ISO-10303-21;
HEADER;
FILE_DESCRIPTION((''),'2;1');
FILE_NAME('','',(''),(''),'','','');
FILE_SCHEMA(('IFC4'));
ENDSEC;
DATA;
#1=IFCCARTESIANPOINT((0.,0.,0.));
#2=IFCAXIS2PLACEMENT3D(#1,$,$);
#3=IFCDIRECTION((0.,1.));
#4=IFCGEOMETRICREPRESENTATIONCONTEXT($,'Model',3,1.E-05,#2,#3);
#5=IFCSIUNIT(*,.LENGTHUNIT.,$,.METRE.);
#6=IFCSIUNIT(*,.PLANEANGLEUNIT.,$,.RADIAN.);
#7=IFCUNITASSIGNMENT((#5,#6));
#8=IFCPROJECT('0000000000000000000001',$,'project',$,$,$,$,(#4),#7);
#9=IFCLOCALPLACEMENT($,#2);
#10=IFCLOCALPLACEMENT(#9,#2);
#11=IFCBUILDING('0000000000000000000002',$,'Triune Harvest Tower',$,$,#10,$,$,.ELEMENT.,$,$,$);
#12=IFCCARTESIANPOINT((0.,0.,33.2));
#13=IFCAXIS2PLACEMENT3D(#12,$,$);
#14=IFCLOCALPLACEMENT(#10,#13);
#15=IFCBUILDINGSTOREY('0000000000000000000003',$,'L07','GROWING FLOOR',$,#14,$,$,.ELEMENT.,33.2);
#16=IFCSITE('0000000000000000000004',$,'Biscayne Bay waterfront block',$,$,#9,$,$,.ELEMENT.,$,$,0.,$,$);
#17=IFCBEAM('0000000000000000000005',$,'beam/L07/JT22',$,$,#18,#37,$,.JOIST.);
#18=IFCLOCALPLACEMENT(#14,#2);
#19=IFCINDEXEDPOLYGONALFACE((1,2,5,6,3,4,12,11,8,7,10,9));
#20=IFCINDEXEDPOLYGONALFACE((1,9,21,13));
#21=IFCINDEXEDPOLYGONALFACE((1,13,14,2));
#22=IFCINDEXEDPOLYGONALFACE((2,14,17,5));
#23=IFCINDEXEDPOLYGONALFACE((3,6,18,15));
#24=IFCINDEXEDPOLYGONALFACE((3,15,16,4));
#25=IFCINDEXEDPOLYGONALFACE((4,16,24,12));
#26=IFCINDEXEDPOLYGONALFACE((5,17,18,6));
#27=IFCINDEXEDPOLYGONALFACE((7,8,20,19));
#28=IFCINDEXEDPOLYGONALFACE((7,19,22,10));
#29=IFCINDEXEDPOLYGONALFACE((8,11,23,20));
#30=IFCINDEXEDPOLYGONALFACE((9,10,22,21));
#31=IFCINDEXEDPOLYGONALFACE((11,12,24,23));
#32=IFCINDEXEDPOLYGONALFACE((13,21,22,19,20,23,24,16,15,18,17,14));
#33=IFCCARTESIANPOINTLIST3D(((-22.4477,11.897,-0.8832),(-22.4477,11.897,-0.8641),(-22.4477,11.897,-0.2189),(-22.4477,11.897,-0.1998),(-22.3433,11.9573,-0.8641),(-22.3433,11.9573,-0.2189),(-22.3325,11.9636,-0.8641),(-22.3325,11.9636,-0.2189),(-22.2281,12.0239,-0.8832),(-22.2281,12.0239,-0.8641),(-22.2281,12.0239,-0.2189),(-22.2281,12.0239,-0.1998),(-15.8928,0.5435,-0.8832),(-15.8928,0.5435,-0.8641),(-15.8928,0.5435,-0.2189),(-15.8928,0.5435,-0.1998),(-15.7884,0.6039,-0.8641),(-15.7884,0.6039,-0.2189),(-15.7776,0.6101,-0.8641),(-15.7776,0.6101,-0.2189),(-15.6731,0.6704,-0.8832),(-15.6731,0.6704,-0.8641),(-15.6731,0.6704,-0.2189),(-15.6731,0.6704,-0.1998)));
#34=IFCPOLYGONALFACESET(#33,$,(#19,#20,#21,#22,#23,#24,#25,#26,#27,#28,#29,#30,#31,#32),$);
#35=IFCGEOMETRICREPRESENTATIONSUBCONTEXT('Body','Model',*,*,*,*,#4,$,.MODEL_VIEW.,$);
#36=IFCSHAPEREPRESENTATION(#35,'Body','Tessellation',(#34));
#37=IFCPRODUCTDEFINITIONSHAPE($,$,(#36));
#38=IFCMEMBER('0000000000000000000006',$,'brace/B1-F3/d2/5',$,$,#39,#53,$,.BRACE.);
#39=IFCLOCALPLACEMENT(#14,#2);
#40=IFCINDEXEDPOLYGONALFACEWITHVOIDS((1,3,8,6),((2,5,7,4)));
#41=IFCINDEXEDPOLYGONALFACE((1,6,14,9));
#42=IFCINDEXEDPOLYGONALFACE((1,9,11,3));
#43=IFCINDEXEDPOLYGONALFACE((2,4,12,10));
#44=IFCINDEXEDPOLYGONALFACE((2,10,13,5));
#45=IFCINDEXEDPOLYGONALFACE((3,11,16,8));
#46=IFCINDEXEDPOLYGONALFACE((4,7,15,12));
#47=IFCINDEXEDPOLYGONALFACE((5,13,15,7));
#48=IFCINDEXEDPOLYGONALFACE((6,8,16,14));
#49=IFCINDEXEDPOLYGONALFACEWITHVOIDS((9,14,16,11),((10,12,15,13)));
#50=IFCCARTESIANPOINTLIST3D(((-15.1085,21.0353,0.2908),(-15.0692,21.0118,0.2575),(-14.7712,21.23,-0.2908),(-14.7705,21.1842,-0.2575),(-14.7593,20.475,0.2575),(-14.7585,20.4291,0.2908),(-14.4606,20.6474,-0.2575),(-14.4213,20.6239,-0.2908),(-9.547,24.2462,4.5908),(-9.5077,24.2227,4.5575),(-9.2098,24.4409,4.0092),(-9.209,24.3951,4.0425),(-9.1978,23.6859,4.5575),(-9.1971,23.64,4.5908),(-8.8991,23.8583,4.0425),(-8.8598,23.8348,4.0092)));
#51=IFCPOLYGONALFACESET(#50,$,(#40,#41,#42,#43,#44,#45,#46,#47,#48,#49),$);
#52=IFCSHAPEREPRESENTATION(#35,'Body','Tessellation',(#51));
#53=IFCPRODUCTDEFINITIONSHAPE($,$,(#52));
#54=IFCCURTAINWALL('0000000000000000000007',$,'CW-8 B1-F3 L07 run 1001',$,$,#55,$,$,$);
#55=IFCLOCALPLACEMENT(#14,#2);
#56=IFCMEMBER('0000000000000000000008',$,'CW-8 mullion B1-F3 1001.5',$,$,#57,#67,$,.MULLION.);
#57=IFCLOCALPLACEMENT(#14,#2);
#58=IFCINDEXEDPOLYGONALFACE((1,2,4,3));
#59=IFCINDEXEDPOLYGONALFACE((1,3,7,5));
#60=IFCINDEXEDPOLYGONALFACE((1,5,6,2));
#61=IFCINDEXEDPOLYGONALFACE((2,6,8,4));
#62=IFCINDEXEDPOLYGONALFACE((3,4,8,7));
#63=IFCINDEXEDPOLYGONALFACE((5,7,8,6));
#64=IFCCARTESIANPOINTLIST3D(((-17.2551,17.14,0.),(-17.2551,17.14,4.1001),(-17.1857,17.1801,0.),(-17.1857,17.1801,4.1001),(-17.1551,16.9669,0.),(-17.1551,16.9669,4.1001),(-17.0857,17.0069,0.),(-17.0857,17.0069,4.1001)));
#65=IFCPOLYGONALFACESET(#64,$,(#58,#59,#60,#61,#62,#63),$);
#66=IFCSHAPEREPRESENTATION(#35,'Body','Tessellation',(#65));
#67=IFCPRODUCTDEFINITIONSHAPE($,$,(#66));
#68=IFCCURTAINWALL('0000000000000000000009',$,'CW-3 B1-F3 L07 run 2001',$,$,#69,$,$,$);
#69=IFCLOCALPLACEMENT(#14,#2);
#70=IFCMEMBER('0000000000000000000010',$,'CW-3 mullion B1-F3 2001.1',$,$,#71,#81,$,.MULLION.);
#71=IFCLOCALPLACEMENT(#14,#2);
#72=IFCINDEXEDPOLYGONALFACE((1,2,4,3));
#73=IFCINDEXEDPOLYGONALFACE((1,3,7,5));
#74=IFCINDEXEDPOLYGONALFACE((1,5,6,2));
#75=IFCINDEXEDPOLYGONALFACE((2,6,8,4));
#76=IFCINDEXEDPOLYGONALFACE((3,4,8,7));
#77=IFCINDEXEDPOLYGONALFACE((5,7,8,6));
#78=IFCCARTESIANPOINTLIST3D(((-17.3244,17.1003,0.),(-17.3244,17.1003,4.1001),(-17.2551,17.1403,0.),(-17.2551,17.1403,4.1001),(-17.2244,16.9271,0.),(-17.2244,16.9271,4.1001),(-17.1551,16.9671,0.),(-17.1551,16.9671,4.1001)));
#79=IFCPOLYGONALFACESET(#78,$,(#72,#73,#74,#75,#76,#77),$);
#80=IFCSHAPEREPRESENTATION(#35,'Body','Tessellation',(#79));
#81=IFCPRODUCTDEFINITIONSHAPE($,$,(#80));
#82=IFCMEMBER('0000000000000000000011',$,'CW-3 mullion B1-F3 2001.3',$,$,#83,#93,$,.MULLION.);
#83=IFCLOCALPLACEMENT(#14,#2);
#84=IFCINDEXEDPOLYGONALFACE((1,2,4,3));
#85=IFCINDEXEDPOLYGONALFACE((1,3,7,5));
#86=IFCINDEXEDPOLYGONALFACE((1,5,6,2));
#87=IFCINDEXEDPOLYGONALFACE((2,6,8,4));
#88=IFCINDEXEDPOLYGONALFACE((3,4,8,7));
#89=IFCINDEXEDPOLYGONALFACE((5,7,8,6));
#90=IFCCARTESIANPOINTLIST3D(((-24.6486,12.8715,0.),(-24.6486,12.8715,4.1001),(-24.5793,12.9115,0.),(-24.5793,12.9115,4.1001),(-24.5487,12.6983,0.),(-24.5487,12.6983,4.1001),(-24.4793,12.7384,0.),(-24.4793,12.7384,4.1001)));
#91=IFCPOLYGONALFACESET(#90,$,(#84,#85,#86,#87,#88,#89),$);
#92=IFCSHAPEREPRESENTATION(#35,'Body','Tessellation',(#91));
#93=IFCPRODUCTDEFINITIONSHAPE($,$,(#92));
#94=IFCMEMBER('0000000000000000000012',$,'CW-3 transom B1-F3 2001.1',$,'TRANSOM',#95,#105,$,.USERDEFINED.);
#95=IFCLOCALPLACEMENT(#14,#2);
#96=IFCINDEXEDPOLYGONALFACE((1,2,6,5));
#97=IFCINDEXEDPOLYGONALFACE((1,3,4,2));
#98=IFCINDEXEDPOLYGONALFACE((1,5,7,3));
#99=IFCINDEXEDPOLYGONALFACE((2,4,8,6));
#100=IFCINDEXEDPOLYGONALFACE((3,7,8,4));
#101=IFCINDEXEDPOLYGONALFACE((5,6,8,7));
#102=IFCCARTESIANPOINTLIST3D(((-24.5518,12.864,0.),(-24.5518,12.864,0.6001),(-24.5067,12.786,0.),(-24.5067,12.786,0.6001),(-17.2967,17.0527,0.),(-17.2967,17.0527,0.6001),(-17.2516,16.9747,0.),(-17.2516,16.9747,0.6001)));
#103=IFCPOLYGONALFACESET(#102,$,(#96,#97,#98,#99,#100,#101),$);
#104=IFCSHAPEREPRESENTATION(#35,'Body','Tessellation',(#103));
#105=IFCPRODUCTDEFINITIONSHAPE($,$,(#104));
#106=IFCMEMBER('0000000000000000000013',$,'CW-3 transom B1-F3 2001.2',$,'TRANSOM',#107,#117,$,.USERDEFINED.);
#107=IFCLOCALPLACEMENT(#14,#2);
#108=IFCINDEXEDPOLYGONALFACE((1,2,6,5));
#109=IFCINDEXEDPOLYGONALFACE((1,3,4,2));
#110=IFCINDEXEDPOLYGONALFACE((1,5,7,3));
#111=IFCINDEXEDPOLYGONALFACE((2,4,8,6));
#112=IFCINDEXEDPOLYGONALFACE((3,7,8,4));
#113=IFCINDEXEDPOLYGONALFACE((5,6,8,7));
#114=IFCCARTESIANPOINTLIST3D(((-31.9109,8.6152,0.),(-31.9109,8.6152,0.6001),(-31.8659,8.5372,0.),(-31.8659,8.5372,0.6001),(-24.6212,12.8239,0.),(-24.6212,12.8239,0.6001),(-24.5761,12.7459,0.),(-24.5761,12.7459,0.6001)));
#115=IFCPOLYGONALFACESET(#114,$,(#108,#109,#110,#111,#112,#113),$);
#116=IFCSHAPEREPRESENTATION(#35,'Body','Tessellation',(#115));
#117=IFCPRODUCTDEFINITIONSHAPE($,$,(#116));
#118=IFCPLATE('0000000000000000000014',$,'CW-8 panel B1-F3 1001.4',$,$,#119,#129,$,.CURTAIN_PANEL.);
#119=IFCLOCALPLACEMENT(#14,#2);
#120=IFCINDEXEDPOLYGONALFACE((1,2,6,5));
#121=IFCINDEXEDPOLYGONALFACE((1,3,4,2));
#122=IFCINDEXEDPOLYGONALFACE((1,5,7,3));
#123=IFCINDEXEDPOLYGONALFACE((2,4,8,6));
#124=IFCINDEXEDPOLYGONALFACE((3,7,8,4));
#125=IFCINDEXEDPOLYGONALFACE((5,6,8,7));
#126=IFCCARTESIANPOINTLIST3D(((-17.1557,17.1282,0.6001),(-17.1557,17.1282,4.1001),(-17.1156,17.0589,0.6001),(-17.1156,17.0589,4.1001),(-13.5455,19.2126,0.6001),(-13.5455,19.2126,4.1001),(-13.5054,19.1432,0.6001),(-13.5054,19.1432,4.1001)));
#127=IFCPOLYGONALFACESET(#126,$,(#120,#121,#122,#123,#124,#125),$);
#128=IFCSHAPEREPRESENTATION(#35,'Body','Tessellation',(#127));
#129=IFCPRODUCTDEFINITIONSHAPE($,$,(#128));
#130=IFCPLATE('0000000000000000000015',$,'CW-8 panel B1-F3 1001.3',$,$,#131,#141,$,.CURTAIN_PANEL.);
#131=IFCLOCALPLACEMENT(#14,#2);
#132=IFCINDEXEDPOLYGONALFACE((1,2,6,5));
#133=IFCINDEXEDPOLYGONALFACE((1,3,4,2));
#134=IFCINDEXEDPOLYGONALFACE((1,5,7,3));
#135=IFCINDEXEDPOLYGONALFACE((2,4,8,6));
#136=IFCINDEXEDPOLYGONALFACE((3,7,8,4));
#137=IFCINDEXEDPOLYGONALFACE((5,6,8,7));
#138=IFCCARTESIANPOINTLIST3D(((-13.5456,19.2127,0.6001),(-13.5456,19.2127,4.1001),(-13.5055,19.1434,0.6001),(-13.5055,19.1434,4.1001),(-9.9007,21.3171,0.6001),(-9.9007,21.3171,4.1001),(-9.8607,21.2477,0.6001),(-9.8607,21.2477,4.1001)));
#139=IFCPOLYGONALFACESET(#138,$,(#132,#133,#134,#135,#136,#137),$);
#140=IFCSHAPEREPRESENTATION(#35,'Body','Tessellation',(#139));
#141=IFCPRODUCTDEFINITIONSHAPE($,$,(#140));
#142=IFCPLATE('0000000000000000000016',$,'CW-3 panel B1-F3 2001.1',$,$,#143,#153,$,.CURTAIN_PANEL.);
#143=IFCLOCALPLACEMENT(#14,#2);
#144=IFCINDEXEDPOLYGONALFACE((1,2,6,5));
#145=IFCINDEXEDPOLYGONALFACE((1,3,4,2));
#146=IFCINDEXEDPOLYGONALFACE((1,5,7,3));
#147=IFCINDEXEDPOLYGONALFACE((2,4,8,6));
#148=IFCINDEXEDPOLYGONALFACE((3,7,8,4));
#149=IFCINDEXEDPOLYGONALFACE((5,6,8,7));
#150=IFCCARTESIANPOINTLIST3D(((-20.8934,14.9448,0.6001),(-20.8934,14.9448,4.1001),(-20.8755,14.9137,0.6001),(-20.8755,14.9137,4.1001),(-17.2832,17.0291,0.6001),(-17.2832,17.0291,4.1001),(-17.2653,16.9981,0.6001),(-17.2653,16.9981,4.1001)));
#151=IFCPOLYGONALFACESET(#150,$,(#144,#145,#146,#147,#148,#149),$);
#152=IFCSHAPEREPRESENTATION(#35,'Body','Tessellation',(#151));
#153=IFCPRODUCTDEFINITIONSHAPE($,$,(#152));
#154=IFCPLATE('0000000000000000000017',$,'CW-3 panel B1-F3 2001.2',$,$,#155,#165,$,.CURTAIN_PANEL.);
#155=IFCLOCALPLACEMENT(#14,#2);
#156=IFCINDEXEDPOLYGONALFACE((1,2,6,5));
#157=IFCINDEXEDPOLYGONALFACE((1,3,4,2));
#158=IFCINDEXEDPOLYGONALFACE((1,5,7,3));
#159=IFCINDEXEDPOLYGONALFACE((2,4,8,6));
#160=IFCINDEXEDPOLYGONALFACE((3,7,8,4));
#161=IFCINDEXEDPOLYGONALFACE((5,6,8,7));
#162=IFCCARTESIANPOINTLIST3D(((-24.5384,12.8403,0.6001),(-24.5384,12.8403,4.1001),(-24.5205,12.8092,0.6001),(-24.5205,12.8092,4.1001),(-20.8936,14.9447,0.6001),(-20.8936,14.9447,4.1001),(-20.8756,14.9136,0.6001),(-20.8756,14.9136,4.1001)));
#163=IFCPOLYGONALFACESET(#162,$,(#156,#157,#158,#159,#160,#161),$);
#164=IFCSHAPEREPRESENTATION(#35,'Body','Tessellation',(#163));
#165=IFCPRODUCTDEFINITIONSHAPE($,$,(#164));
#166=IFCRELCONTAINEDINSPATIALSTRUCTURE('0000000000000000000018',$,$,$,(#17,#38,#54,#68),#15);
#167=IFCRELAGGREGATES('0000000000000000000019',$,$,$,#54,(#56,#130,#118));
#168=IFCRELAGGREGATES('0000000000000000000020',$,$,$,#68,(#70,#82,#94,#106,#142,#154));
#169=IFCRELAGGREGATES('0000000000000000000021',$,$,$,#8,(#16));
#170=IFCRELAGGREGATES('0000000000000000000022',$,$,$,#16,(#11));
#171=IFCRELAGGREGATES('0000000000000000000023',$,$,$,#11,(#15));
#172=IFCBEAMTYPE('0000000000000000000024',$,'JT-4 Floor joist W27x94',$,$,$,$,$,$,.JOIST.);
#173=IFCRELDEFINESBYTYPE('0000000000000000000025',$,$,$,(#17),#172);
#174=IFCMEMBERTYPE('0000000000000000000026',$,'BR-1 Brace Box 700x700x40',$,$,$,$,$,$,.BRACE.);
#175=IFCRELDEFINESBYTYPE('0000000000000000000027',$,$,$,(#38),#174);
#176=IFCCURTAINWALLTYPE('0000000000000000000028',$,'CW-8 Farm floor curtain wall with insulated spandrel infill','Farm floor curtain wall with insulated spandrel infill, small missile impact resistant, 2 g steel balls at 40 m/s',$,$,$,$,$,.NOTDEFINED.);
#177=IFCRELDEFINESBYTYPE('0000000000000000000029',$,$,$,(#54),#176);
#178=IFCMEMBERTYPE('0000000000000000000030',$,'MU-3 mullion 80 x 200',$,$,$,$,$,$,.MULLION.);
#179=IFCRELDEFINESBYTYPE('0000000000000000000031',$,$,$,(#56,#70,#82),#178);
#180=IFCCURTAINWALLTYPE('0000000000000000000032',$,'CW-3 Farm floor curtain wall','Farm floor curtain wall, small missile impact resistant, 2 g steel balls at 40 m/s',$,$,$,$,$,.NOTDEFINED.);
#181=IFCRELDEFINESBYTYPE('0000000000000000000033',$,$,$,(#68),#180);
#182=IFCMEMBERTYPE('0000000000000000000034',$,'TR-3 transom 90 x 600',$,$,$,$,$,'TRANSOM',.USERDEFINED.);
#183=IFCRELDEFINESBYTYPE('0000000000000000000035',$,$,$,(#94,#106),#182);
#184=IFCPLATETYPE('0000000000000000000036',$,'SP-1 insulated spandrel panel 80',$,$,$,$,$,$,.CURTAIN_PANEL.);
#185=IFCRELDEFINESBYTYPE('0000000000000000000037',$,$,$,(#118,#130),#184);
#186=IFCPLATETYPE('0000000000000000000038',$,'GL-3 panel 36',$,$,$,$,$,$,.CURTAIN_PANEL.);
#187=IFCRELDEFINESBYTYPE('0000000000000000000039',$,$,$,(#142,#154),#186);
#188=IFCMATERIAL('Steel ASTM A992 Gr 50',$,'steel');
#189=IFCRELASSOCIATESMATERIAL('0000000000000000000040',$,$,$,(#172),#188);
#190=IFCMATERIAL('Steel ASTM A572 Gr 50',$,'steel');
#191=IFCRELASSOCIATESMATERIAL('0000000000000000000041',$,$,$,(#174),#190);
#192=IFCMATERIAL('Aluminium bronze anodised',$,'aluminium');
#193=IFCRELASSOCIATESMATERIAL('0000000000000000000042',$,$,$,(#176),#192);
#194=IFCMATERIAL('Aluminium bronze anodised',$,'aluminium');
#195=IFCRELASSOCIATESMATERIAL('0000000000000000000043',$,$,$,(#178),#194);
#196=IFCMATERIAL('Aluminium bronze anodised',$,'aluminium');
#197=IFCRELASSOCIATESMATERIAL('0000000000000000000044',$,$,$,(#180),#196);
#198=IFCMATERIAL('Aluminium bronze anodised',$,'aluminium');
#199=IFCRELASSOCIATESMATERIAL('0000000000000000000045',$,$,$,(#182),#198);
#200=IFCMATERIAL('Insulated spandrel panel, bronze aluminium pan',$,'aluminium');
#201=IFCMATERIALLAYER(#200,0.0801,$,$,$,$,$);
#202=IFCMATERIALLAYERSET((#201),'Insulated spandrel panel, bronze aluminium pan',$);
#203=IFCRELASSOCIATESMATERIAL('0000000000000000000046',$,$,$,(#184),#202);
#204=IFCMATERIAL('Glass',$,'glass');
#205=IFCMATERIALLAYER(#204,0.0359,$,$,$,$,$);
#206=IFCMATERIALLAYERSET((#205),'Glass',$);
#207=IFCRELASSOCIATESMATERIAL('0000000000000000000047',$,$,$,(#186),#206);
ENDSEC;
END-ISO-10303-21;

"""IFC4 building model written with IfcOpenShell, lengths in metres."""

from ifc_helpers import new_model, si_unit, direction, frame, origin, origin_2d, place, context, subcontext, project, spatial, rectangle, hollow_rectangle, i_section, extrude, source, transform, mapped, material, layer, layer_set, material_profile, profile_set, type_object, element, aggregate, save


model = new_model("IFC4")

# Units and contexts
model_context = context("Model", 3, precision=1e-05, world=origin(), true_north=direction((0.0, 1.0)))
body_context = subcontext(model_context, "Body", "Model", "MODEL_VIEW")
ifc_project = project(units=[si_unit("LENGTHUNIT", "METRE"), si_unit("PLANEANGLEUNIT", "RADIAN")], contexts=[model_context])

# Site, building, storey
site_placement = place(None, origin())
site = spatial("IfcSite", under=ifc_project, at=site_placement, Name="Biscayne Bay waterfront block", CompositionType="ELEMENT", RefElevation=0.0)
building_placement = place(site_placement, origin())
building = spatial("IfcBuilding", under=site, at=building_placement, Name="Triune Harvest Tower", CompositionType="ELEMENT")
storey_placement = place(building_placement, frame((0.0, 0.0, 33.2)))
storey = spatial("IfcBuildingStorey", under=building, at=storey_placement, Name="L07", Description="GROWING FLOOR", CompositionType="ELEMENT", Elevation=33.2)

# Beam
ifc_material_1 = material(Name="Steel ASTM A992 Gr 50", Category="steel")
ifc_material_profile_1 = material_profile(ifc_material_1, i_section(OverallWidth=0.2537, OverallDepth=0.6833, WebThickness=0.0125, FlangeThickness=0.019, at=origin_2d()), Name="W27x94")
ifc_profile_set_1 = profile_set([ifc_material_profile_1], Name="Steel ASTM A992 Gr 50")
beam_type_1 = type_object("IfcBeamType", Name="JT-4 Floor joist W27x94", PredefinedType="JOIST", material=ifc_profile_set_1)
shared_shape_1 = source(origin(), body_context, "Body", "SweptSolid", [
    extrude(i_section(OverallWidth=0.2537, OverallDepth=0.6833, WebThickness=0.0125, FlangeThickness=0.019, at=origin_2d()), origin(), (0.0, 0.0, 1.0), 13.1099),
])
beam_1_placement = place(storey_placement, frame((-22.3379, 11.9604, -0.5415), z_axis=(0.499999, -0.866026, 0.0), x_axis=(0.866026, 0.499999, 0.0)))
element("IfcBeam", 1, at=beam_1_placement, inside=storey, type_object=beam_type_1, Name="beam/L07/JT22", PredefinedType="JOIST", context=body_context, shape_type="MappedRepresentation", body=[
    mapped(shared_shape_1, transform((0.0, 0.0, 0.0), scale=1.0)),
])

# Member
ifc_material_2 = material(Name="Steel ASTM A572 Gr 50", Category="steel")
ifc_material_profile_2 = material_profile(ifc_material_2, hollow_rectangle(XDim=0.7, YDim=0.7, WallThickness=0.04, at=origin_2d()), Name="Box 700x700x40")
ifc_profile_set_2 = profile_set([ifc_material_profile_2], Name="Steel ASTM A572 Gr 50")
member_type_1 = type_object("IfcMemberType", Name="BR-1 Brace Box 700x700x40", PredefinedType="BRACE", material=ifc_profile_set_2)
shared_shape_2 = source(origin(), body_context, "Body", "SweptSolid", [
    extrude(hollow_rectangle(XDim=0.7, YDim=0.7, WallThickness=0.04, at=origin_2d()), origin(), (0.0, 0.0, 1.0), 7.7285),
])
member_1_placement = place(storey_placement, frame((-14.7649, 20.8296, 0.0), z_axis=(0.719604, 0.415462, 0.556382), x_axis=(-0.499999, 0.866026, 0.0)))
element("IfcMember", 2, at=member_1_placement, inside=storey, type_object=member_type_1, Name="brace/B1-F3/d2/5", PredefinedType="BRACE", context=body_context, shape_type="MappedRepresentation", body=[
    mapped(shared_shape_2, transform((0.0, 0.0, 0.0), scale=1.0)),
])

# Curtain wall, member
ifc_material_3 = material(Name="Aluminium bronze anodised", Category="aluminium")
curtain_wall_type_1 = type_object("IfcCurtainWallType", Name="CW-8 Farm floor curtain wall with insulated spandrel infill", Description="Farm floor curtain wall with insulated spandrel infill, small missile impact resistant, 2 g steel balls at 40 m/s", PredefinedType="NOTDEFINED", material=ifc_material_3)
curtain_wall_1_placement = place(storey_placement, origin())
curtain_wall_1 = element("IfcCurtainWall", 3, at=curtain_wall_1_placement, inside=storey, type_object=curtain_wall_type_1, Name="CW-8 B1-F3 L07 run 1001")
ifc_material_4 = material(Name="Aluminium bronze anodised", Category="aluminium")
ifc_material_profile_3 = material_profile(ifc_material_4, rectangle(XDim=0.2, YDim=0.0801, at=origin_2d()), Name="MU-3 mullion 80 x 200")
ifc_profile_set_3 = profile_set([ifc_material_profile_3], Name="Aluminium bronze anodised")
member_type_2 = type_object("IfcMemberType", Name="MU-3 mullion 80 x 200", PredefinedType="MULLION", material=ifc_profile_set_3)
shared_shape_3 = source(origin(), body_context, "Body", "SweptSolid", [
    extrude(rectangle(XDim=0.2, YDim=0.0801, at=origin_2d()), origin(), (0.0, 0.0, 1.0), 4.1001),
])
member_2_placement = place(storey_placement, frame((-17.1704, 17.0735, 0.0), z_axis=(0.0, 0.0, 1.0), x_axis=(0.5, -0.866025, 0.0)))
member_2 = element("IfcMember", 4, at=member_2_placement, type_object=member_type_2, Name="CW-8 mullion B1-F3 1001.5", PredefinedType="MULLION", context=body_context, shape_type="MappedRepresentation", body=[
    mapped(shared_shape_3, transform((0.0, 0.0, 0.0), scale=1.0)),
])

# Curtain wall, members
ifc_material_5 = material(Name="Aluminium bronze anodised", Category="aluminium")
curtain_wall_type_2 = type_object("IfcCurtainWallType", Name="CW-3 Farm floor curtain wall", Description="Farm floor curtain wall, small missile impact resistant, 2 g steel balls at 40 m/s", PredefinedType="NOTDEFINED", material=ifc_material_5)
curtain_wall_2_placement = place(storey_placement, origin())
curtain_wall_2 = element("IfcCurtainWall", 5, at=curtain_wall_2_placement, inside=storey, type_object=curtain_wall_type_2, Name="CW-3 B1-F3 L07 run 2001")
member_3_placement = place(storey_placement, frame((-17.2397, 17.0337, 0.0), z_axis=(0.0, 0.0, 1.0), x_axis=(0.499999, -0.866026, 0.0)))
member_3 = element("IfcMember", 6, at=member_3_placement, type_object=member_type_2, Name="CW-3 mullion B1-F3 2001.1", PredefinedType="MULLION", context=body_context, shape_type="MappedRepresentation", body=[
    mapped(shared_shape_3, transform((0.0, 0.0, 0.0), scale=1.0)),
])
member_4_placement = place(storey_placement, frame((-24.564, 12.8049, 0.0), z_axis=(0.0, 0.0, 1.0), x_axis=(0.499999, -0.866026, 0.0)))
member_4 = element("IfcMember", 7, at=member_4_placement, type_object=member_type_2, Name="CW-3 mullion B1-F3 2001.3", PredefinedType="MULLION", context=body_context, shape_type="MappedRepresentation", body=[
    mapped(shared_shape_3, transform((0.0, 0.0, 0.0), scale=1.0)),
])
ifc_material_6 = material(Name="Aluminium bronze anodised", Category="aluminium")
ifc_material_profile_4 = material_profile(ifc_material_6, rectangle(XDim=0.0901, YDim=0.6001, at=origin_2d()), Name="TR-3 transom 90 x 600")
ifc_profile_set_4 = profile_set([ifc_material_profile_4], Name="Aluminium bronze anodised")
member_type_3 = type_object("IfcMemberType", Name="TR-3 transom 90 x 600", ElementType="TRANSOM", PredefinedType="USERDEFINED", material=ifc_profile_set_4)
shared_shape_4 = source(origin(), body_context, "Body", "SweptSolid", [
    extrude(rectangle(XDim=0.0901, YDim=0.6001, at=origin_2d()), origin(), (0.0, 0.0, 1.0), 8.3774),
])
member_5_placement = place(storey_placement, frame((-17.2742, 17.0137, 0.3), z_axis=(-0.866027, -0.499997, 0.0), x_axis=(0.499997, -0.866027, 0.0)))
member_5 = element("IfcMember", 8, at=member_5_placement, type_object=member_type_3, Name="CW-3 transom B1-F3 2001.1", ObjectType="TRANSOM", PredefinedType="USERDEFINED", context=body_context, shape_type="MappedRepresentation", body=[
    mapped(shared_shape_4, transform((0.0, 0.0, 0.0), scale=1.0)),
])
shared_shape_5 = source(origin(), body_context, "Body", "SweptSolid", [
    extrude(rectangle(XDim=0.0901, YDim=0.6001, at=origin_2d()), origin(), (0.0, 0.0, 1.0), 8.4175),
])
member_6_placement = place(storey_placement, frame((-24.5986, 12.7849, 0.3), z_axis=(-0.866027, -0.499998, 0.0), x_axis=(0.499998, -0.866027, 0.0)))
member_6 = element("IfcMember", 9, at=member_6_placement, type_object=member_type_3, Name="CW-3 transom B1-F3 2001.2", ObjectType="TRANSOM", PredefinedType="USERDEFINED", context=body_context, shape_type="MappedRepresentation", body=[
    mapped(shared_shape_5, transform((0.0, 0.0, 0.0), scale=1.0)),
])

# Plates
ifc_material_7 = material(Name="Insulated spandrel panel, bronze aluminium pan", Category="aluminium")
ifc_layer_1 = layer(ifc_material_7, 0.0801)
ifc_layer_set_1 = layer_set([ifc_layer_1], Name="Insulated spandrel panel, bronze aluminium pan")
plate_type_1 = type_object("IfcPlateType", Name="SP-1 insulated spandrel panel 80", PredefinedType="CURTAIN_PANEL", material=ifc_layer_set_1)
shared_shape_6 = source(origin(), body_context, "Body", "SweptSolid", [
    extrude(rectangle(XDim=4.1687, YDim=0.0801, at=origin_2d()), origin(), (0.0, 0.0, 1.0), 3.5),
])
plate_1_placement = place(storey_placement, frame((-15.3306, 18.1357, 0.6001), z_axis=(0.0, 0.0, 1.0), x_axis=(-0.866025, -0.5, 0.0)))
plate_1 = element("IfcPlate", 10, at=plate_1_placement, type_object=plate_type_1, Name="CW-8 panel B1-F3 1001.4", PredefinedType="CURTAIN_PANEL", context=body_context, shape_type="MappedRepresentation", body=[
    mapped(shared_shape_6, transform((0.0, 0.0, 0.0), scale=1.0)),
])
shared_shape_7 = source(origin(), body_context, "Body", "SweptSolid", [
    extrude(rectangle(XDim=4.2087, YDim=0.0801, at=origin_2d()), origin(), (0.0, 0.0, 1.0), 3.5),
])
plate_2_placement = place(storey_placement, frame((-11.7031, 20.2302, 0.6001), z_axis=(0.0, 0.0, 1.0), x_axis=(-0.866025, -0.5, 0.0)))
plate_2 = element("IfcPlate", 11, at=plate_2_placement, type_object=plate_type_1, Name="CW-8 panel B1-F3 1001.3", PredefinedType="CURTAIN_PANEL", context=body_context, shape_type="MappedRepresentation", body=[
    mapped(shared_shape_7, transform((0.0, 0.0, 0.0), scale=1.0)),
])
aggregate(curtain_wall_1, [member_2, plate_2, plate_1])
ifc_material_8 = material(Name="Glass", Category="glass")
ifc_layer_2 = layer(ifc_material_8, 0.0359)
ifc_layer_set_2 = layer_set([ifc_layer_2], Name="Glass")
plate_type_2 = type_object("IfcPlateType", Name="GL-3 panel 36", PredefinedType="CURTAIN_PANEL", material=ifc_layer_set_2)
shared_shape_8 = source(origin(), body_context, "Body", "SweptSolid", [
    extrude(rectangle(XDim=4.1687, YDim=0.0359, at=origin_2d()), origin(), (0.0, 0.0, 1.0), 3.5),
])
plate_3_placement = place(storey_placement, frame((-19.0793, 15.9714, 0.6001), z_axis=(0.0, 0.0, 1.0), x_axis=(-0.866026, -0.499999, 0.0)))
plate_3 = element("IfcPlate", 12, at=plate_3_placement, type_object=plate_type_2, Name="CW-3 panel B1-F3 2001.1", PredefinedType="CURTAIN_PANEL", context=body_context, shape_type="MappedRepresentation", body=[
    mapped(shared_shape_8, transform((0.0, 0.0, 0.0), scale=1.0)),
])
shared_shape_9 = source(origin(), body_context, "Body", "SweptSolid", [
    extrude(rectangle(XDim=4.2087, YDim=0.0359, at=origin_2d()), origin(), (0.0, 0.0, 1.0), 3.5),
])
plate_4_placement = place(storey_placement, frame((-22.707, 13.877, 0.6001), z_axis=(0.0, 0.0, 1.0), x_axis=(-0.866026, -0.499999, 0.0)))
plate_4 = element("IfcPlate", 13, at=plate_4_placement, type_object=plate_type_2, Name="CW-3 panel B1-F3 2001.2", PredefinedType="CURTAIN_PANEL", context=body_context, shape_type="MappedRepresentation", body=[
    mapped(shared_shape_9, transform((0.0, 0.0, 0.0), scale=1.0)),
])
aggregate(curtain_wall_2, [member_3, member_4, member_5, member_6, plate_3, plate_4])

save(model, "model.ifc")
